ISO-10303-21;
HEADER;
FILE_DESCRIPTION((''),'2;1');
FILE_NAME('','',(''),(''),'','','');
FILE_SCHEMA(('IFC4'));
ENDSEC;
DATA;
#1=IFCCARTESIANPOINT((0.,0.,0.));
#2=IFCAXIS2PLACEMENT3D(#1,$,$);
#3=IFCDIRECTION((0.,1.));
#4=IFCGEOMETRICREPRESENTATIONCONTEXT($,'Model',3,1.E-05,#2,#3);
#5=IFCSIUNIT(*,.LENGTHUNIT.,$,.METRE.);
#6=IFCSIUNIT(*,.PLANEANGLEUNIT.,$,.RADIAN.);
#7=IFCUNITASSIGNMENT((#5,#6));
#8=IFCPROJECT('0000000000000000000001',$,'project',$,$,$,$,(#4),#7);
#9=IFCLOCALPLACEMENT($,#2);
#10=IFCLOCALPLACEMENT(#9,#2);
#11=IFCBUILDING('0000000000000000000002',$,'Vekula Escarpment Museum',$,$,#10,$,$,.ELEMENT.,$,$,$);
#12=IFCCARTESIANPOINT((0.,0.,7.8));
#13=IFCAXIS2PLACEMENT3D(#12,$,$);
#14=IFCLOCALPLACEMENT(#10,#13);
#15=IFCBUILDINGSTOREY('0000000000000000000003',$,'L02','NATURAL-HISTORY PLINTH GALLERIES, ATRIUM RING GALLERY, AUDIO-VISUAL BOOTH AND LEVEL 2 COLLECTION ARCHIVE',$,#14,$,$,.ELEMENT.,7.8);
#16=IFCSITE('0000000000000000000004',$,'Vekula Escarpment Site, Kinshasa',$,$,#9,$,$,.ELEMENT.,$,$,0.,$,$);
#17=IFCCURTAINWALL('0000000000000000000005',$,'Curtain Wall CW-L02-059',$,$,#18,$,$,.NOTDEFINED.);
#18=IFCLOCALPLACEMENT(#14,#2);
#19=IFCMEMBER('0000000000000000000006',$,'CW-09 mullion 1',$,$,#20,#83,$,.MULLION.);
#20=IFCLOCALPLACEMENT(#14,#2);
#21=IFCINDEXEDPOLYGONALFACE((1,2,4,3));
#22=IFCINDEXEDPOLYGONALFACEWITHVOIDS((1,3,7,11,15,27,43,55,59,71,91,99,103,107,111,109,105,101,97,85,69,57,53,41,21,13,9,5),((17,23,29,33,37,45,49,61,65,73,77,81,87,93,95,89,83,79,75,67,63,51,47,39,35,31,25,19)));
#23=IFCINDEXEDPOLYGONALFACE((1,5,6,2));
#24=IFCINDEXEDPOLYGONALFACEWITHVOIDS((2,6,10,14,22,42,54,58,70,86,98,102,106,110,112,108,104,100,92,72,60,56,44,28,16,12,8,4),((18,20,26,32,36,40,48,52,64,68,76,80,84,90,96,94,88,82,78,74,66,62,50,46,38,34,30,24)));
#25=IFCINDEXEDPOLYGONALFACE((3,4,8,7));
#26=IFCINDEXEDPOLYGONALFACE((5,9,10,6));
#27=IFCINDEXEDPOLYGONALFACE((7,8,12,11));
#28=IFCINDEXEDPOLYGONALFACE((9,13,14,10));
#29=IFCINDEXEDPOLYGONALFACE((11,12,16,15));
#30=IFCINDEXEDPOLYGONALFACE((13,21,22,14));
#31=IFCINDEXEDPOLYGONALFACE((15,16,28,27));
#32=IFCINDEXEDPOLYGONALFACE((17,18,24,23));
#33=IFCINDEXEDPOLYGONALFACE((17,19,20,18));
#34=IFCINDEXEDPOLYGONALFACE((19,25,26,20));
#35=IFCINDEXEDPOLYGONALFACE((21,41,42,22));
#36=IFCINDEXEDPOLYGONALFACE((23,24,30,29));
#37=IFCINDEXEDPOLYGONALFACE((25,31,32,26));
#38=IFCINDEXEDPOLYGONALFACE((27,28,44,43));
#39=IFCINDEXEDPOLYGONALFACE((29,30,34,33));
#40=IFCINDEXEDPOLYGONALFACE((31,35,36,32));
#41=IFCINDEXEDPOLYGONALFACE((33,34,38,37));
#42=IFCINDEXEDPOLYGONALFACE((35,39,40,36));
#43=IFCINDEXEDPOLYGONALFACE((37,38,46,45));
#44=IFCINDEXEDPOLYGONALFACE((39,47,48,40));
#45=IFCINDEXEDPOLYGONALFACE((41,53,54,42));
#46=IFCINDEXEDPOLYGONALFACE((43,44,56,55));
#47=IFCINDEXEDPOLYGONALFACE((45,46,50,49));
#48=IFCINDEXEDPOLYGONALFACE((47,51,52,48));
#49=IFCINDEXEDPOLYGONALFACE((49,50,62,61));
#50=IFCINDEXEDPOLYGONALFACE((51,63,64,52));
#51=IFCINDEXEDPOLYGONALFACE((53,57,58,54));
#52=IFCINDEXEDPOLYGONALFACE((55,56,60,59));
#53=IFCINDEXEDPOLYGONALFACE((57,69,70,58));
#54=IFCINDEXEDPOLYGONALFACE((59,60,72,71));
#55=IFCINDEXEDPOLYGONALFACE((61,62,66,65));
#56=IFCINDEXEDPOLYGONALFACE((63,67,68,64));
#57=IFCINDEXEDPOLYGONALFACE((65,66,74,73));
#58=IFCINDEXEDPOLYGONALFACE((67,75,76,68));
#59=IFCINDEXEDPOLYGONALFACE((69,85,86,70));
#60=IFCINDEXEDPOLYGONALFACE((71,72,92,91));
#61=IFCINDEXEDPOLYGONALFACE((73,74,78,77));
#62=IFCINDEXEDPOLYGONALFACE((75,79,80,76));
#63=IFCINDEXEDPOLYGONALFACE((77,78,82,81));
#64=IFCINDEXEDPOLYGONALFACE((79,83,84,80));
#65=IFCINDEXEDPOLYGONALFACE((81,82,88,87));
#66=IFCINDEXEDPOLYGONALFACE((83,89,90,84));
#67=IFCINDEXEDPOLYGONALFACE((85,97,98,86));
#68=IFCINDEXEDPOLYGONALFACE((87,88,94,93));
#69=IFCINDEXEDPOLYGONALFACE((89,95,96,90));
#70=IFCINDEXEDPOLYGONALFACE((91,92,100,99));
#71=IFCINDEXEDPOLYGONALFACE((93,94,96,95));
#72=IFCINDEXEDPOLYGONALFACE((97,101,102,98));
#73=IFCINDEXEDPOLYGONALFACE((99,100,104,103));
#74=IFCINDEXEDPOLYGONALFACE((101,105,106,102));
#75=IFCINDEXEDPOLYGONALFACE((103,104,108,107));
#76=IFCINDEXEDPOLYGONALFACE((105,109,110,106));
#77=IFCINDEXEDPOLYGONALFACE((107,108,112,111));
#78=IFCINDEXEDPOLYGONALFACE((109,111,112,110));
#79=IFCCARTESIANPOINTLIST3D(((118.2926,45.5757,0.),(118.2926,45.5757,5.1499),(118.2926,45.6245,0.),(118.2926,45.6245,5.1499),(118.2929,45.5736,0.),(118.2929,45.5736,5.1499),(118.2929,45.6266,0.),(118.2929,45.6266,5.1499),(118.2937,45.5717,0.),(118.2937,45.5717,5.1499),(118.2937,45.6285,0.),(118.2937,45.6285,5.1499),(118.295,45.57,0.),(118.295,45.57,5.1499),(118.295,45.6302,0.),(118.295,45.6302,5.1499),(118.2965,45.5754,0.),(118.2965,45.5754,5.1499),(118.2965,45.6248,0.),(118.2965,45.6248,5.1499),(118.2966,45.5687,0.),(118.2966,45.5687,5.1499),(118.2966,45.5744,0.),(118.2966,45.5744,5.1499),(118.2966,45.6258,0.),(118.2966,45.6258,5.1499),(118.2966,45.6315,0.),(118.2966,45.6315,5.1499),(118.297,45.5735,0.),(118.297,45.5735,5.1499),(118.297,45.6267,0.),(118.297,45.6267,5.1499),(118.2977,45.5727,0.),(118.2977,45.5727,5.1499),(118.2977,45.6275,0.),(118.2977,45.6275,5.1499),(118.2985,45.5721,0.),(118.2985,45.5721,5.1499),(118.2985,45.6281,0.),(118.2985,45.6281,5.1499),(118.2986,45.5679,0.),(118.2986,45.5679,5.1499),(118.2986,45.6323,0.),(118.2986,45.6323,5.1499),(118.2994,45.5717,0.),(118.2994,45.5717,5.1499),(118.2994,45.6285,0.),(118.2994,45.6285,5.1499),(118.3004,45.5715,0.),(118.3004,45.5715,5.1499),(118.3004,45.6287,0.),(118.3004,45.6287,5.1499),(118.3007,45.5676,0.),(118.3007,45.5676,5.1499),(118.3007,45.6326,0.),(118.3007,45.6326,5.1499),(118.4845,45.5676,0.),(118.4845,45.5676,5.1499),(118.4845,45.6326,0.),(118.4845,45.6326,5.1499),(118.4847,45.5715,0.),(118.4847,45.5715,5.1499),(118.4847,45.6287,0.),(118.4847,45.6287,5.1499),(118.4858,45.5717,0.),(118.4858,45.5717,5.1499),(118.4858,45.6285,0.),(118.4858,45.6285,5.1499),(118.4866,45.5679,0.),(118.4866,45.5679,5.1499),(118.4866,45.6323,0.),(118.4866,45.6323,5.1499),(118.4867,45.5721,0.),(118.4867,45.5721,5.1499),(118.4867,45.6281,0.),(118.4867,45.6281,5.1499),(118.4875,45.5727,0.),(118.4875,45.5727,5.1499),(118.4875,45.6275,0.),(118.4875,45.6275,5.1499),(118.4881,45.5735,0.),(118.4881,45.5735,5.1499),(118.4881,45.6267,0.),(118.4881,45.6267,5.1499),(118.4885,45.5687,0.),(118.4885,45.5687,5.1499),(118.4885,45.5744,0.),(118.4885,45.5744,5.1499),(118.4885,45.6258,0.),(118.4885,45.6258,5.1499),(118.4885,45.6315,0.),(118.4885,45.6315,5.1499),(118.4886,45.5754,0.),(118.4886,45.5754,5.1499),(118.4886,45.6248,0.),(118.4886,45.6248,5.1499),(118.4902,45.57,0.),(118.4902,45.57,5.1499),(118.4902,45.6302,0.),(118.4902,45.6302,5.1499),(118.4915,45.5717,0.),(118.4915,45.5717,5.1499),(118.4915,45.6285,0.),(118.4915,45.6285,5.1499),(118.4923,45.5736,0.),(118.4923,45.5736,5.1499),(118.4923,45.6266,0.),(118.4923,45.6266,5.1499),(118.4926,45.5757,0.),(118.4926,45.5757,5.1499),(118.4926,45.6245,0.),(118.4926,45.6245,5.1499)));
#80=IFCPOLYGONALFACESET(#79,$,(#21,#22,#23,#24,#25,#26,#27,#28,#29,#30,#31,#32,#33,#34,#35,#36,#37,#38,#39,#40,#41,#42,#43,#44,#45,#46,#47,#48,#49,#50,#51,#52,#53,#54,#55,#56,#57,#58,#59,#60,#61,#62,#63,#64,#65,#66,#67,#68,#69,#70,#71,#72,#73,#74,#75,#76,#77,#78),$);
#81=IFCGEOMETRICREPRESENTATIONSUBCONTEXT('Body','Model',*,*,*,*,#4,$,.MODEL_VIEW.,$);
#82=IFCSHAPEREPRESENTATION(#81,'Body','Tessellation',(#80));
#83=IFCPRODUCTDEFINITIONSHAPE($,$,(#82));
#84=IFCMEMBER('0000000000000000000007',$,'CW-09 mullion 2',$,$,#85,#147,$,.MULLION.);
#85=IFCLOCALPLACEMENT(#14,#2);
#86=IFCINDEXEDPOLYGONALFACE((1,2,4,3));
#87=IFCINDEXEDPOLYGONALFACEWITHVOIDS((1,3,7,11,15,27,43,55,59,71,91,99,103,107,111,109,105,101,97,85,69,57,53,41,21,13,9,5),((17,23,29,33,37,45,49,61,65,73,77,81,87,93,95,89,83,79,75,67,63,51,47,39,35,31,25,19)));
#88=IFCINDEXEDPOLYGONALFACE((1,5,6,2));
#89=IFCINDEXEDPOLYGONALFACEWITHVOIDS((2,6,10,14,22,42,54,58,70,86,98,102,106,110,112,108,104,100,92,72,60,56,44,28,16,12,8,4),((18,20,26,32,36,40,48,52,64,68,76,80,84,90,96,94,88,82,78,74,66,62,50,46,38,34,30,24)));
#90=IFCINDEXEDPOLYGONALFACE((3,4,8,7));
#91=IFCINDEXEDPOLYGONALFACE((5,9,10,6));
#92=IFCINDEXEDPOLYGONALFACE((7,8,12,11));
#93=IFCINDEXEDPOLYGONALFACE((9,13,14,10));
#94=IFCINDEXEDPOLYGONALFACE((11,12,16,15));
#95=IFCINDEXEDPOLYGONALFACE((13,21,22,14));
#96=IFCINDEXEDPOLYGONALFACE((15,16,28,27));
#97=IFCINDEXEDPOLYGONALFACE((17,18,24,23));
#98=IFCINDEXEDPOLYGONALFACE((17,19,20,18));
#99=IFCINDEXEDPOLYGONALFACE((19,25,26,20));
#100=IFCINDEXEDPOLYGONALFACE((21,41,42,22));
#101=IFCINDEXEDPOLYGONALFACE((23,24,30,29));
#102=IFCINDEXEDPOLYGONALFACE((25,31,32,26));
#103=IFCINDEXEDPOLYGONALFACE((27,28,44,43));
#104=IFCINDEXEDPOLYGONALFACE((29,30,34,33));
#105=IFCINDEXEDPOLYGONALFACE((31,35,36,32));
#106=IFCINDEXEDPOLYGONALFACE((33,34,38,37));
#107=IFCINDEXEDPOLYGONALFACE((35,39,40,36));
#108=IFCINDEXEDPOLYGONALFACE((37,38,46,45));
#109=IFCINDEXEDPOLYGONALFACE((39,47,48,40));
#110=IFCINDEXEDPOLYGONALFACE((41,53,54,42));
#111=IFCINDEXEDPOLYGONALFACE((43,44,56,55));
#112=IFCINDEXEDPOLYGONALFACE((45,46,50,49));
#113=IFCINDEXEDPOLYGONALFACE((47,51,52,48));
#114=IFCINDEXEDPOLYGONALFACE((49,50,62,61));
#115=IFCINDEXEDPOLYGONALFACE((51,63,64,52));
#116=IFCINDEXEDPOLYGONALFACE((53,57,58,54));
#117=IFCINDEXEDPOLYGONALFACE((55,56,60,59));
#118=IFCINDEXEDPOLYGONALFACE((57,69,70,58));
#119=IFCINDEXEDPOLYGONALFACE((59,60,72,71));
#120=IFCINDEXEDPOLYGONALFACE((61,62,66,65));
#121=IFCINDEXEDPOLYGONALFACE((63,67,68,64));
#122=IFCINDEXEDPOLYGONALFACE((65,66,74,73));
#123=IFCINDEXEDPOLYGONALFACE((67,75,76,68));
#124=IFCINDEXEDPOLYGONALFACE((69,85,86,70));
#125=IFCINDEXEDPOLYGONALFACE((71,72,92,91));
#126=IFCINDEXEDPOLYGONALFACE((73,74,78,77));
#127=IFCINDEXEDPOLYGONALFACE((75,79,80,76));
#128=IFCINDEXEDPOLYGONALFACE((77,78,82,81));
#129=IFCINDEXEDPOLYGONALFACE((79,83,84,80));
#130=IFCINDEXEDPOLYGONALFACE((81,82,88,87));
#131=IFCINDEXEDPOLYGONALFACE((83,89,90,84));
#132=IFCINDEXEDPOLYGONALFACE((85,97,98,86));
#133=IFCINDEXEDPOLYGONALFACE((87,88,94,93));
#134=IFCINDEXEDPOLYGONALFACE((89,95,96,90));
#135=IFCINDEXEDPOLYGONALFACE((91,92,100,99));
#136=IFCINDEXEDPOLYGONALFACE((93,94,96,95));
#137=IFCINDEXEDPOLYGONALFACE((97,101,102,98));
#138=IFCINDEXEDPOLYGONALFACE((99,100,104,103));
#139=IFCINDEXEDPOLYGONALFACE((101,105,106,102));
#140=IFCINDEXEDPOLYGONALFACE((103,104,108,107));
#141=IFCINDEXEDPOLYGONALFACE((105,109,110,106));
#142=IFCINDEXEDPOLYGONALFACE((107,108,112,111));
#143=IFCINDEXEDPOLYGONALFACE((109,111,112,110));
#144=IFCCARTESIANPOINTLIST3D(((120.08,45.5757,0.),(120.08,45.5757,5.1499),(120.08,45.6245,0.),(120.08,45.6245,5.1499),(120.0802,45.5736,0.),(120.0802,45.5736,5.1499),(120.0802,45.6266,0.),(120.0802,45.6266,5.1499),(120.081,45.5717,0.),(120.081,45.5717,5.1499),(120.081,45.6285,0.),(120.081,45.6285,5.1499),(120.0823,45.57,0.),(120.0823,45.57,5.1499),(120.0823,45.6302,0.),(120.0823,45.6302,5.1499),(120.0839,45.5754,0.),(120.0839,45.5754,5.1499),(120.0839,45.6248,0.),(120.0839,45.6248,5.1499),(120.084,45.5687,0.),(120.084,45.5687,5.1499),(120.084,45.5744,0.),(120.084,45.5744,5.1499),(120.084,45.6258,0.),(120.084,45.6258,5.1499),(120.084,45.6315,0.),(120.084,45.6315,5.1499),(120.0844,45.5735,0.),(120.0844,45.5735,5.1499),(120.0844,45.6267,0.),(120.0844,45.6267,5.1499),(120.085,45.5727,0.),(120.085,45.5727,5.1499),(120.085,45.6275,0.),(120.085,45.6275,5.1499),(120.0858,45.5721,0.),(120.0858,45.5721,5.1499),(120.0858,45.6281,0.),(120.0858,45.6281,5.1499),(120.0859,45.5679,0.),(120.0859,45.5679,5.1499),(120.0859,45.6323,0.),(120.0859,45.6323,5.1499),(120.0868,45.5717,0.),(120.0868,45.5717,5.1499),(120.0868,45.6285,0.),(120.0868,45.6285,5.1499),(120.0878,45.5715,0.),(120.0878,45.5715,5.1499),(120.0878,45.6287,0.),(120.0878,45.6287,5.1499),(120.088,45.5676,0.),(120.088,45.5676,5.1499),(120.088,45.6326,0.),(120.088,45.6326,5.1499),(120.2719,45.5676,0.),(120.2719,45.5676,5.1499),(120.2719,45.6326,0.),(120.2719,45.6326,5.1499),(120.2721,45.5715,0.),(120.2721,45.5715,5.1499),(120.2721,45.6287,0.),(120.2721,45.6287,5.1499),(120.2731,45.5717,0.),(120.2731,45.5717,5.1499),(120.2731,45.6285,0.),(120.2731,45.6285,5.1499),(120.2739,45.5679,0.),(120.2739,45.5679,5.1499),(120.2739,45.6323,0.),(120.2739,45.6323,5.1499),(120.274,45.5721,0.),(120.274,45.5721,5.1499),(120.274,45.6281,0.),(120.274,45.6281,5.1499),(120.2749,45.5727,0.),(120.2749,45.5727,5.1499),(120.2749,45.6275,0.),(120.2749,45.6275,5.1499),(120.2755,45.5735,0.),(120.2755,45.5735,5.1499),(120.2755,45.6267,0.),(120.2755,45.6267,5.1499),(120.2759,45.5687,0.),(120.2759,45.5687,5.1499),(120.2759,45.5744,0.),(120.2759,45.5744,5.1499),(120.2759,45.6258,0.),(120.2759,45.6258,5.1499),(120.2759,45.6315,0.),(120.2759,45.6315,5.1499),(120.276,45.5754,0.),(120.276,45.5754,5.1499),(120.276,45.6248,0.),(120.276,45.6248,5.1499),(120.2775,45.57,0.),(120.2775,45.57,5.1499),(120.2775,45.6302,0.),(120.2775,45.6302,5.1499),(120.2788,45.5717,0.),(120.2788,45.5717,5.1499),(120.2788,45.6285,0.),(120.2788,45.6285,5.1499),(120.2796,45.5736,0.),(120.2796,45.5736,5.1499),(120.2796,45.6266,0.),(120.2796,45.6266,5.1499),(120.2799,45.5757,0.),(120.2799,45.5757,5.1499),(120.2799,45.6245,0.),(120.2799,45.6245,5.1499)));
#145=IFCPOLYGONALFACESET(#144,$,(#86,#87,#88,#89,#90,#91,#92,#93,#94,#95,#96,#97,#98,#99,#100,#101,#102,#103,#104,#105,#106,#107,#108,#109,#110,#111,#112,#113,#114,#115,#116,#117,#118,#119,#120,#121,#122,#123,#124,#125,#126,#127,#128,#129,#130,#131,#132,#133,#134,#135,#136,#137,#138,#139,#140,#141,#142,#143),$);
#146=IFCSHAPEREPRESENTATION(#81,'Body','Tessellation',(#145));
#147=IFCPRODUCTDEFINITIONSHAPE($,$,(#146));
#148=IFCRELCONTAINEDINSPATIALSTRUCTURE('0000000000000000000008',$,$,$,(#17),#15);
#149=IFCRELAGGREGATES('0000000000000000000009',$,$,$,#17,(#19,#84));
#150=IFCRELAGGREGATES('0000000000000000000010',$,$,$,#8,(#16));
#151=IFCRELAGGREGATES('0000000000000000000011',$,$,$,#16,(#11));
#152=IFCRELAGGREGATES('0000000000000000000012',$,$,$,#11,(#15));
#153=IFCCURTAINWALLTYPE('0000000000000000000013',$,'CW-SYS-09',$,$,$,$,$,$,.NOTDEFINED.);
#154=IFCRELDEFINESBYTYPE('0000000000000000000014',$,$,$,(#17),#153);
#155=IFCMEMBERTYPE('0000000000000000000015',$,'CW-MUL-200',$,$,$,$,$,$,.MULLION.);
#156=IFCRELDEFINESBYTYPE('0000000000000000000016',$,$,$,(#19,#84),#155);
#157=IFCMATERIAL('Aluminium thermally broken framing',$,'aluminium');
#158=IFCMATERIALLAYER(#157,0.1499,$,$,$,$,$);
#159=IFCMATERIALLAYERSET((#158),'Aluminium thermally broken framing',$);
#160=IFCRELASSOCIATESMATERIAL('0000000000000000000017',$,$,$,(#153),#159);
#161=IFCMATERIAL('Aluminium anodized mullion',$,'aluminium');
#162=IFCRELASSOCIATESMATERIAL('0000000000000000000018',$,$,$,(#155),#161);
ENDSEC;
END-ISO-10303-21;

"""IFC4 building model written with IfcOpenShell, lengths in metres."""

from ifc_helpers import new_model, si_unit, direction, frame, origin, origin_2d, place, context, subcontext, project, spatial, hollow_rectangle, extrude, material, layer, layer_set, material_profile, profile_set, type_object, element, aggregate, save


model = new_model("IFC4")

# Units and contexts
model_context = context("Model", 3, precision=1e-05, world=origin(), true_north=direction((0.0, 1.0)))
body_context = subcontext(model_context, "Body", "Model", "MODEL_VIEW")
ifc_project = project(units=[si_unit("LENGTHUNIT", "METRE"), si_unit("PLANEANGLEUNIT", "RADIAN")], contexts=[model_context])

# Site, building, storey
site_placement = place(None, origin())
site = spatial("IfcSite", under=ifc_project, at=site_placement, Name="Vekula Escarpment Site, Kinshasa", CompositionType="ELEMENT", RefElevation=0.0)
building_placement = place(site_placement, origin())
building = spatial("IfcBuilding", under=site, at=building_placement, Name="Vekula Escarpment Museum", CompositionType="ELEMENT")
storey_placement = place(building_placement, frame((0.0, 0.0, 7.8)))
storey = spatial("IfcBuildingStorey", under=building, at=storey_placement, Name="L02", Description="NATURAL-HISTORY PLINTH GALLERIES, ATRIUM RING GALLERY, AUDIO-VISUAL BOOTH AND LEVEL 2 COLLECTION ARCHIVE", CompositionType="ELEMENT", Elevation=7.8)

# Curtain wall, members
ifc_material_1 = material(Name="Aluminium thermally broken framing", Category="aluminium")
ifc_layer_1 = layer(ifc_material_1, 0.1499)
ifc_layer_set_1 = layer_set([ifc_layer_1], Name="Aluminium thermally broken framing")
curtain_wall_type = type_object("IfcCurtainWallType", Name="CW-SYS-09", PredefinedType="NOTDEFINED", material=ifc_layer_set_1)
curtain_wall_placement = place(storey_placement, origin())
curtain_wall = element("IfcCurtainWall", 1, at=curtain_wall_placement, inside=storey, type_object=curtain_wall_type, Name="Curtain Wall CW-L02-059", PredefinedType="NOTDEFINED")
ifc_material_2 = material(Name="Aluminium anodized mullion", Category="aluminium")
ifc_material_profile_1 = material_profile(ifc_material_2, hollow_rectangle(XDim=0.0649, YDim=0.2, WallThickness=0.0039, InnerFilletRadius=0.0039, OuterFilletRadius=0.0081, at=origin_2d()), Name="ALU 200x65x4")
ifc_profile_set_1 = profile_set([ifc_material_profile_1], Name="Aluminium anodized mullion")
member_type_1 = type_object("IfcMemberType", Name="CW-MUL-200", PredefinedType="MULLION", material=ifc_profile_set_1)
member_1_placement = place(storey_placement, frame((118.3926, 45.6001, 0.0), z_axis=(0.0, 0.0, 1.0), x_axis=(0.0, 1.0, 0.0)))
member_1 = element("IfcMember", 2, at=member_1_placement, type_object=member_type_1, Name="CW-09 mullion 1", PredefinedType="MULLION", context=body_context, shape_type="SweptSolid", body=[
    extrude(hollow_rectangle(XDim=0.0649, YDim=0.2, WallThickness=0.0039, InnerFilletRadius=0.0039, OuterFilletRadius=0.0081, at=origin_2d()), origin(), (0.0, 0.0, 1.0), 5.1499),
])
member_2_placement = place(storey_placement, frame((120.1799, 45.6001, 0.0), z_axis=(0.0, 0.0, 1.0), x_axis=(0.0, 1.0, 0.0)))
member_2 = element("IfcMember", 3, at=member_2_placement, type_object=member_type_1, Name="CW-09 mullion 2", PredefinedType="MULLION", context=body_context, shape_type="SweptSolid", body=[
    extrude(hollow_rectangle(XDim=0.0649, YDim=0.2, WallThickness=0.0039, InnerFilletRadius=0.0039, OuterFilletRadius=0.0081, at=origin_2d()), origin(), (0.0, 0.0, 1.0), 5.1499),
])
aggregate(curtain_wall, [member_1, member_2])

save(model, "model.ifc")
